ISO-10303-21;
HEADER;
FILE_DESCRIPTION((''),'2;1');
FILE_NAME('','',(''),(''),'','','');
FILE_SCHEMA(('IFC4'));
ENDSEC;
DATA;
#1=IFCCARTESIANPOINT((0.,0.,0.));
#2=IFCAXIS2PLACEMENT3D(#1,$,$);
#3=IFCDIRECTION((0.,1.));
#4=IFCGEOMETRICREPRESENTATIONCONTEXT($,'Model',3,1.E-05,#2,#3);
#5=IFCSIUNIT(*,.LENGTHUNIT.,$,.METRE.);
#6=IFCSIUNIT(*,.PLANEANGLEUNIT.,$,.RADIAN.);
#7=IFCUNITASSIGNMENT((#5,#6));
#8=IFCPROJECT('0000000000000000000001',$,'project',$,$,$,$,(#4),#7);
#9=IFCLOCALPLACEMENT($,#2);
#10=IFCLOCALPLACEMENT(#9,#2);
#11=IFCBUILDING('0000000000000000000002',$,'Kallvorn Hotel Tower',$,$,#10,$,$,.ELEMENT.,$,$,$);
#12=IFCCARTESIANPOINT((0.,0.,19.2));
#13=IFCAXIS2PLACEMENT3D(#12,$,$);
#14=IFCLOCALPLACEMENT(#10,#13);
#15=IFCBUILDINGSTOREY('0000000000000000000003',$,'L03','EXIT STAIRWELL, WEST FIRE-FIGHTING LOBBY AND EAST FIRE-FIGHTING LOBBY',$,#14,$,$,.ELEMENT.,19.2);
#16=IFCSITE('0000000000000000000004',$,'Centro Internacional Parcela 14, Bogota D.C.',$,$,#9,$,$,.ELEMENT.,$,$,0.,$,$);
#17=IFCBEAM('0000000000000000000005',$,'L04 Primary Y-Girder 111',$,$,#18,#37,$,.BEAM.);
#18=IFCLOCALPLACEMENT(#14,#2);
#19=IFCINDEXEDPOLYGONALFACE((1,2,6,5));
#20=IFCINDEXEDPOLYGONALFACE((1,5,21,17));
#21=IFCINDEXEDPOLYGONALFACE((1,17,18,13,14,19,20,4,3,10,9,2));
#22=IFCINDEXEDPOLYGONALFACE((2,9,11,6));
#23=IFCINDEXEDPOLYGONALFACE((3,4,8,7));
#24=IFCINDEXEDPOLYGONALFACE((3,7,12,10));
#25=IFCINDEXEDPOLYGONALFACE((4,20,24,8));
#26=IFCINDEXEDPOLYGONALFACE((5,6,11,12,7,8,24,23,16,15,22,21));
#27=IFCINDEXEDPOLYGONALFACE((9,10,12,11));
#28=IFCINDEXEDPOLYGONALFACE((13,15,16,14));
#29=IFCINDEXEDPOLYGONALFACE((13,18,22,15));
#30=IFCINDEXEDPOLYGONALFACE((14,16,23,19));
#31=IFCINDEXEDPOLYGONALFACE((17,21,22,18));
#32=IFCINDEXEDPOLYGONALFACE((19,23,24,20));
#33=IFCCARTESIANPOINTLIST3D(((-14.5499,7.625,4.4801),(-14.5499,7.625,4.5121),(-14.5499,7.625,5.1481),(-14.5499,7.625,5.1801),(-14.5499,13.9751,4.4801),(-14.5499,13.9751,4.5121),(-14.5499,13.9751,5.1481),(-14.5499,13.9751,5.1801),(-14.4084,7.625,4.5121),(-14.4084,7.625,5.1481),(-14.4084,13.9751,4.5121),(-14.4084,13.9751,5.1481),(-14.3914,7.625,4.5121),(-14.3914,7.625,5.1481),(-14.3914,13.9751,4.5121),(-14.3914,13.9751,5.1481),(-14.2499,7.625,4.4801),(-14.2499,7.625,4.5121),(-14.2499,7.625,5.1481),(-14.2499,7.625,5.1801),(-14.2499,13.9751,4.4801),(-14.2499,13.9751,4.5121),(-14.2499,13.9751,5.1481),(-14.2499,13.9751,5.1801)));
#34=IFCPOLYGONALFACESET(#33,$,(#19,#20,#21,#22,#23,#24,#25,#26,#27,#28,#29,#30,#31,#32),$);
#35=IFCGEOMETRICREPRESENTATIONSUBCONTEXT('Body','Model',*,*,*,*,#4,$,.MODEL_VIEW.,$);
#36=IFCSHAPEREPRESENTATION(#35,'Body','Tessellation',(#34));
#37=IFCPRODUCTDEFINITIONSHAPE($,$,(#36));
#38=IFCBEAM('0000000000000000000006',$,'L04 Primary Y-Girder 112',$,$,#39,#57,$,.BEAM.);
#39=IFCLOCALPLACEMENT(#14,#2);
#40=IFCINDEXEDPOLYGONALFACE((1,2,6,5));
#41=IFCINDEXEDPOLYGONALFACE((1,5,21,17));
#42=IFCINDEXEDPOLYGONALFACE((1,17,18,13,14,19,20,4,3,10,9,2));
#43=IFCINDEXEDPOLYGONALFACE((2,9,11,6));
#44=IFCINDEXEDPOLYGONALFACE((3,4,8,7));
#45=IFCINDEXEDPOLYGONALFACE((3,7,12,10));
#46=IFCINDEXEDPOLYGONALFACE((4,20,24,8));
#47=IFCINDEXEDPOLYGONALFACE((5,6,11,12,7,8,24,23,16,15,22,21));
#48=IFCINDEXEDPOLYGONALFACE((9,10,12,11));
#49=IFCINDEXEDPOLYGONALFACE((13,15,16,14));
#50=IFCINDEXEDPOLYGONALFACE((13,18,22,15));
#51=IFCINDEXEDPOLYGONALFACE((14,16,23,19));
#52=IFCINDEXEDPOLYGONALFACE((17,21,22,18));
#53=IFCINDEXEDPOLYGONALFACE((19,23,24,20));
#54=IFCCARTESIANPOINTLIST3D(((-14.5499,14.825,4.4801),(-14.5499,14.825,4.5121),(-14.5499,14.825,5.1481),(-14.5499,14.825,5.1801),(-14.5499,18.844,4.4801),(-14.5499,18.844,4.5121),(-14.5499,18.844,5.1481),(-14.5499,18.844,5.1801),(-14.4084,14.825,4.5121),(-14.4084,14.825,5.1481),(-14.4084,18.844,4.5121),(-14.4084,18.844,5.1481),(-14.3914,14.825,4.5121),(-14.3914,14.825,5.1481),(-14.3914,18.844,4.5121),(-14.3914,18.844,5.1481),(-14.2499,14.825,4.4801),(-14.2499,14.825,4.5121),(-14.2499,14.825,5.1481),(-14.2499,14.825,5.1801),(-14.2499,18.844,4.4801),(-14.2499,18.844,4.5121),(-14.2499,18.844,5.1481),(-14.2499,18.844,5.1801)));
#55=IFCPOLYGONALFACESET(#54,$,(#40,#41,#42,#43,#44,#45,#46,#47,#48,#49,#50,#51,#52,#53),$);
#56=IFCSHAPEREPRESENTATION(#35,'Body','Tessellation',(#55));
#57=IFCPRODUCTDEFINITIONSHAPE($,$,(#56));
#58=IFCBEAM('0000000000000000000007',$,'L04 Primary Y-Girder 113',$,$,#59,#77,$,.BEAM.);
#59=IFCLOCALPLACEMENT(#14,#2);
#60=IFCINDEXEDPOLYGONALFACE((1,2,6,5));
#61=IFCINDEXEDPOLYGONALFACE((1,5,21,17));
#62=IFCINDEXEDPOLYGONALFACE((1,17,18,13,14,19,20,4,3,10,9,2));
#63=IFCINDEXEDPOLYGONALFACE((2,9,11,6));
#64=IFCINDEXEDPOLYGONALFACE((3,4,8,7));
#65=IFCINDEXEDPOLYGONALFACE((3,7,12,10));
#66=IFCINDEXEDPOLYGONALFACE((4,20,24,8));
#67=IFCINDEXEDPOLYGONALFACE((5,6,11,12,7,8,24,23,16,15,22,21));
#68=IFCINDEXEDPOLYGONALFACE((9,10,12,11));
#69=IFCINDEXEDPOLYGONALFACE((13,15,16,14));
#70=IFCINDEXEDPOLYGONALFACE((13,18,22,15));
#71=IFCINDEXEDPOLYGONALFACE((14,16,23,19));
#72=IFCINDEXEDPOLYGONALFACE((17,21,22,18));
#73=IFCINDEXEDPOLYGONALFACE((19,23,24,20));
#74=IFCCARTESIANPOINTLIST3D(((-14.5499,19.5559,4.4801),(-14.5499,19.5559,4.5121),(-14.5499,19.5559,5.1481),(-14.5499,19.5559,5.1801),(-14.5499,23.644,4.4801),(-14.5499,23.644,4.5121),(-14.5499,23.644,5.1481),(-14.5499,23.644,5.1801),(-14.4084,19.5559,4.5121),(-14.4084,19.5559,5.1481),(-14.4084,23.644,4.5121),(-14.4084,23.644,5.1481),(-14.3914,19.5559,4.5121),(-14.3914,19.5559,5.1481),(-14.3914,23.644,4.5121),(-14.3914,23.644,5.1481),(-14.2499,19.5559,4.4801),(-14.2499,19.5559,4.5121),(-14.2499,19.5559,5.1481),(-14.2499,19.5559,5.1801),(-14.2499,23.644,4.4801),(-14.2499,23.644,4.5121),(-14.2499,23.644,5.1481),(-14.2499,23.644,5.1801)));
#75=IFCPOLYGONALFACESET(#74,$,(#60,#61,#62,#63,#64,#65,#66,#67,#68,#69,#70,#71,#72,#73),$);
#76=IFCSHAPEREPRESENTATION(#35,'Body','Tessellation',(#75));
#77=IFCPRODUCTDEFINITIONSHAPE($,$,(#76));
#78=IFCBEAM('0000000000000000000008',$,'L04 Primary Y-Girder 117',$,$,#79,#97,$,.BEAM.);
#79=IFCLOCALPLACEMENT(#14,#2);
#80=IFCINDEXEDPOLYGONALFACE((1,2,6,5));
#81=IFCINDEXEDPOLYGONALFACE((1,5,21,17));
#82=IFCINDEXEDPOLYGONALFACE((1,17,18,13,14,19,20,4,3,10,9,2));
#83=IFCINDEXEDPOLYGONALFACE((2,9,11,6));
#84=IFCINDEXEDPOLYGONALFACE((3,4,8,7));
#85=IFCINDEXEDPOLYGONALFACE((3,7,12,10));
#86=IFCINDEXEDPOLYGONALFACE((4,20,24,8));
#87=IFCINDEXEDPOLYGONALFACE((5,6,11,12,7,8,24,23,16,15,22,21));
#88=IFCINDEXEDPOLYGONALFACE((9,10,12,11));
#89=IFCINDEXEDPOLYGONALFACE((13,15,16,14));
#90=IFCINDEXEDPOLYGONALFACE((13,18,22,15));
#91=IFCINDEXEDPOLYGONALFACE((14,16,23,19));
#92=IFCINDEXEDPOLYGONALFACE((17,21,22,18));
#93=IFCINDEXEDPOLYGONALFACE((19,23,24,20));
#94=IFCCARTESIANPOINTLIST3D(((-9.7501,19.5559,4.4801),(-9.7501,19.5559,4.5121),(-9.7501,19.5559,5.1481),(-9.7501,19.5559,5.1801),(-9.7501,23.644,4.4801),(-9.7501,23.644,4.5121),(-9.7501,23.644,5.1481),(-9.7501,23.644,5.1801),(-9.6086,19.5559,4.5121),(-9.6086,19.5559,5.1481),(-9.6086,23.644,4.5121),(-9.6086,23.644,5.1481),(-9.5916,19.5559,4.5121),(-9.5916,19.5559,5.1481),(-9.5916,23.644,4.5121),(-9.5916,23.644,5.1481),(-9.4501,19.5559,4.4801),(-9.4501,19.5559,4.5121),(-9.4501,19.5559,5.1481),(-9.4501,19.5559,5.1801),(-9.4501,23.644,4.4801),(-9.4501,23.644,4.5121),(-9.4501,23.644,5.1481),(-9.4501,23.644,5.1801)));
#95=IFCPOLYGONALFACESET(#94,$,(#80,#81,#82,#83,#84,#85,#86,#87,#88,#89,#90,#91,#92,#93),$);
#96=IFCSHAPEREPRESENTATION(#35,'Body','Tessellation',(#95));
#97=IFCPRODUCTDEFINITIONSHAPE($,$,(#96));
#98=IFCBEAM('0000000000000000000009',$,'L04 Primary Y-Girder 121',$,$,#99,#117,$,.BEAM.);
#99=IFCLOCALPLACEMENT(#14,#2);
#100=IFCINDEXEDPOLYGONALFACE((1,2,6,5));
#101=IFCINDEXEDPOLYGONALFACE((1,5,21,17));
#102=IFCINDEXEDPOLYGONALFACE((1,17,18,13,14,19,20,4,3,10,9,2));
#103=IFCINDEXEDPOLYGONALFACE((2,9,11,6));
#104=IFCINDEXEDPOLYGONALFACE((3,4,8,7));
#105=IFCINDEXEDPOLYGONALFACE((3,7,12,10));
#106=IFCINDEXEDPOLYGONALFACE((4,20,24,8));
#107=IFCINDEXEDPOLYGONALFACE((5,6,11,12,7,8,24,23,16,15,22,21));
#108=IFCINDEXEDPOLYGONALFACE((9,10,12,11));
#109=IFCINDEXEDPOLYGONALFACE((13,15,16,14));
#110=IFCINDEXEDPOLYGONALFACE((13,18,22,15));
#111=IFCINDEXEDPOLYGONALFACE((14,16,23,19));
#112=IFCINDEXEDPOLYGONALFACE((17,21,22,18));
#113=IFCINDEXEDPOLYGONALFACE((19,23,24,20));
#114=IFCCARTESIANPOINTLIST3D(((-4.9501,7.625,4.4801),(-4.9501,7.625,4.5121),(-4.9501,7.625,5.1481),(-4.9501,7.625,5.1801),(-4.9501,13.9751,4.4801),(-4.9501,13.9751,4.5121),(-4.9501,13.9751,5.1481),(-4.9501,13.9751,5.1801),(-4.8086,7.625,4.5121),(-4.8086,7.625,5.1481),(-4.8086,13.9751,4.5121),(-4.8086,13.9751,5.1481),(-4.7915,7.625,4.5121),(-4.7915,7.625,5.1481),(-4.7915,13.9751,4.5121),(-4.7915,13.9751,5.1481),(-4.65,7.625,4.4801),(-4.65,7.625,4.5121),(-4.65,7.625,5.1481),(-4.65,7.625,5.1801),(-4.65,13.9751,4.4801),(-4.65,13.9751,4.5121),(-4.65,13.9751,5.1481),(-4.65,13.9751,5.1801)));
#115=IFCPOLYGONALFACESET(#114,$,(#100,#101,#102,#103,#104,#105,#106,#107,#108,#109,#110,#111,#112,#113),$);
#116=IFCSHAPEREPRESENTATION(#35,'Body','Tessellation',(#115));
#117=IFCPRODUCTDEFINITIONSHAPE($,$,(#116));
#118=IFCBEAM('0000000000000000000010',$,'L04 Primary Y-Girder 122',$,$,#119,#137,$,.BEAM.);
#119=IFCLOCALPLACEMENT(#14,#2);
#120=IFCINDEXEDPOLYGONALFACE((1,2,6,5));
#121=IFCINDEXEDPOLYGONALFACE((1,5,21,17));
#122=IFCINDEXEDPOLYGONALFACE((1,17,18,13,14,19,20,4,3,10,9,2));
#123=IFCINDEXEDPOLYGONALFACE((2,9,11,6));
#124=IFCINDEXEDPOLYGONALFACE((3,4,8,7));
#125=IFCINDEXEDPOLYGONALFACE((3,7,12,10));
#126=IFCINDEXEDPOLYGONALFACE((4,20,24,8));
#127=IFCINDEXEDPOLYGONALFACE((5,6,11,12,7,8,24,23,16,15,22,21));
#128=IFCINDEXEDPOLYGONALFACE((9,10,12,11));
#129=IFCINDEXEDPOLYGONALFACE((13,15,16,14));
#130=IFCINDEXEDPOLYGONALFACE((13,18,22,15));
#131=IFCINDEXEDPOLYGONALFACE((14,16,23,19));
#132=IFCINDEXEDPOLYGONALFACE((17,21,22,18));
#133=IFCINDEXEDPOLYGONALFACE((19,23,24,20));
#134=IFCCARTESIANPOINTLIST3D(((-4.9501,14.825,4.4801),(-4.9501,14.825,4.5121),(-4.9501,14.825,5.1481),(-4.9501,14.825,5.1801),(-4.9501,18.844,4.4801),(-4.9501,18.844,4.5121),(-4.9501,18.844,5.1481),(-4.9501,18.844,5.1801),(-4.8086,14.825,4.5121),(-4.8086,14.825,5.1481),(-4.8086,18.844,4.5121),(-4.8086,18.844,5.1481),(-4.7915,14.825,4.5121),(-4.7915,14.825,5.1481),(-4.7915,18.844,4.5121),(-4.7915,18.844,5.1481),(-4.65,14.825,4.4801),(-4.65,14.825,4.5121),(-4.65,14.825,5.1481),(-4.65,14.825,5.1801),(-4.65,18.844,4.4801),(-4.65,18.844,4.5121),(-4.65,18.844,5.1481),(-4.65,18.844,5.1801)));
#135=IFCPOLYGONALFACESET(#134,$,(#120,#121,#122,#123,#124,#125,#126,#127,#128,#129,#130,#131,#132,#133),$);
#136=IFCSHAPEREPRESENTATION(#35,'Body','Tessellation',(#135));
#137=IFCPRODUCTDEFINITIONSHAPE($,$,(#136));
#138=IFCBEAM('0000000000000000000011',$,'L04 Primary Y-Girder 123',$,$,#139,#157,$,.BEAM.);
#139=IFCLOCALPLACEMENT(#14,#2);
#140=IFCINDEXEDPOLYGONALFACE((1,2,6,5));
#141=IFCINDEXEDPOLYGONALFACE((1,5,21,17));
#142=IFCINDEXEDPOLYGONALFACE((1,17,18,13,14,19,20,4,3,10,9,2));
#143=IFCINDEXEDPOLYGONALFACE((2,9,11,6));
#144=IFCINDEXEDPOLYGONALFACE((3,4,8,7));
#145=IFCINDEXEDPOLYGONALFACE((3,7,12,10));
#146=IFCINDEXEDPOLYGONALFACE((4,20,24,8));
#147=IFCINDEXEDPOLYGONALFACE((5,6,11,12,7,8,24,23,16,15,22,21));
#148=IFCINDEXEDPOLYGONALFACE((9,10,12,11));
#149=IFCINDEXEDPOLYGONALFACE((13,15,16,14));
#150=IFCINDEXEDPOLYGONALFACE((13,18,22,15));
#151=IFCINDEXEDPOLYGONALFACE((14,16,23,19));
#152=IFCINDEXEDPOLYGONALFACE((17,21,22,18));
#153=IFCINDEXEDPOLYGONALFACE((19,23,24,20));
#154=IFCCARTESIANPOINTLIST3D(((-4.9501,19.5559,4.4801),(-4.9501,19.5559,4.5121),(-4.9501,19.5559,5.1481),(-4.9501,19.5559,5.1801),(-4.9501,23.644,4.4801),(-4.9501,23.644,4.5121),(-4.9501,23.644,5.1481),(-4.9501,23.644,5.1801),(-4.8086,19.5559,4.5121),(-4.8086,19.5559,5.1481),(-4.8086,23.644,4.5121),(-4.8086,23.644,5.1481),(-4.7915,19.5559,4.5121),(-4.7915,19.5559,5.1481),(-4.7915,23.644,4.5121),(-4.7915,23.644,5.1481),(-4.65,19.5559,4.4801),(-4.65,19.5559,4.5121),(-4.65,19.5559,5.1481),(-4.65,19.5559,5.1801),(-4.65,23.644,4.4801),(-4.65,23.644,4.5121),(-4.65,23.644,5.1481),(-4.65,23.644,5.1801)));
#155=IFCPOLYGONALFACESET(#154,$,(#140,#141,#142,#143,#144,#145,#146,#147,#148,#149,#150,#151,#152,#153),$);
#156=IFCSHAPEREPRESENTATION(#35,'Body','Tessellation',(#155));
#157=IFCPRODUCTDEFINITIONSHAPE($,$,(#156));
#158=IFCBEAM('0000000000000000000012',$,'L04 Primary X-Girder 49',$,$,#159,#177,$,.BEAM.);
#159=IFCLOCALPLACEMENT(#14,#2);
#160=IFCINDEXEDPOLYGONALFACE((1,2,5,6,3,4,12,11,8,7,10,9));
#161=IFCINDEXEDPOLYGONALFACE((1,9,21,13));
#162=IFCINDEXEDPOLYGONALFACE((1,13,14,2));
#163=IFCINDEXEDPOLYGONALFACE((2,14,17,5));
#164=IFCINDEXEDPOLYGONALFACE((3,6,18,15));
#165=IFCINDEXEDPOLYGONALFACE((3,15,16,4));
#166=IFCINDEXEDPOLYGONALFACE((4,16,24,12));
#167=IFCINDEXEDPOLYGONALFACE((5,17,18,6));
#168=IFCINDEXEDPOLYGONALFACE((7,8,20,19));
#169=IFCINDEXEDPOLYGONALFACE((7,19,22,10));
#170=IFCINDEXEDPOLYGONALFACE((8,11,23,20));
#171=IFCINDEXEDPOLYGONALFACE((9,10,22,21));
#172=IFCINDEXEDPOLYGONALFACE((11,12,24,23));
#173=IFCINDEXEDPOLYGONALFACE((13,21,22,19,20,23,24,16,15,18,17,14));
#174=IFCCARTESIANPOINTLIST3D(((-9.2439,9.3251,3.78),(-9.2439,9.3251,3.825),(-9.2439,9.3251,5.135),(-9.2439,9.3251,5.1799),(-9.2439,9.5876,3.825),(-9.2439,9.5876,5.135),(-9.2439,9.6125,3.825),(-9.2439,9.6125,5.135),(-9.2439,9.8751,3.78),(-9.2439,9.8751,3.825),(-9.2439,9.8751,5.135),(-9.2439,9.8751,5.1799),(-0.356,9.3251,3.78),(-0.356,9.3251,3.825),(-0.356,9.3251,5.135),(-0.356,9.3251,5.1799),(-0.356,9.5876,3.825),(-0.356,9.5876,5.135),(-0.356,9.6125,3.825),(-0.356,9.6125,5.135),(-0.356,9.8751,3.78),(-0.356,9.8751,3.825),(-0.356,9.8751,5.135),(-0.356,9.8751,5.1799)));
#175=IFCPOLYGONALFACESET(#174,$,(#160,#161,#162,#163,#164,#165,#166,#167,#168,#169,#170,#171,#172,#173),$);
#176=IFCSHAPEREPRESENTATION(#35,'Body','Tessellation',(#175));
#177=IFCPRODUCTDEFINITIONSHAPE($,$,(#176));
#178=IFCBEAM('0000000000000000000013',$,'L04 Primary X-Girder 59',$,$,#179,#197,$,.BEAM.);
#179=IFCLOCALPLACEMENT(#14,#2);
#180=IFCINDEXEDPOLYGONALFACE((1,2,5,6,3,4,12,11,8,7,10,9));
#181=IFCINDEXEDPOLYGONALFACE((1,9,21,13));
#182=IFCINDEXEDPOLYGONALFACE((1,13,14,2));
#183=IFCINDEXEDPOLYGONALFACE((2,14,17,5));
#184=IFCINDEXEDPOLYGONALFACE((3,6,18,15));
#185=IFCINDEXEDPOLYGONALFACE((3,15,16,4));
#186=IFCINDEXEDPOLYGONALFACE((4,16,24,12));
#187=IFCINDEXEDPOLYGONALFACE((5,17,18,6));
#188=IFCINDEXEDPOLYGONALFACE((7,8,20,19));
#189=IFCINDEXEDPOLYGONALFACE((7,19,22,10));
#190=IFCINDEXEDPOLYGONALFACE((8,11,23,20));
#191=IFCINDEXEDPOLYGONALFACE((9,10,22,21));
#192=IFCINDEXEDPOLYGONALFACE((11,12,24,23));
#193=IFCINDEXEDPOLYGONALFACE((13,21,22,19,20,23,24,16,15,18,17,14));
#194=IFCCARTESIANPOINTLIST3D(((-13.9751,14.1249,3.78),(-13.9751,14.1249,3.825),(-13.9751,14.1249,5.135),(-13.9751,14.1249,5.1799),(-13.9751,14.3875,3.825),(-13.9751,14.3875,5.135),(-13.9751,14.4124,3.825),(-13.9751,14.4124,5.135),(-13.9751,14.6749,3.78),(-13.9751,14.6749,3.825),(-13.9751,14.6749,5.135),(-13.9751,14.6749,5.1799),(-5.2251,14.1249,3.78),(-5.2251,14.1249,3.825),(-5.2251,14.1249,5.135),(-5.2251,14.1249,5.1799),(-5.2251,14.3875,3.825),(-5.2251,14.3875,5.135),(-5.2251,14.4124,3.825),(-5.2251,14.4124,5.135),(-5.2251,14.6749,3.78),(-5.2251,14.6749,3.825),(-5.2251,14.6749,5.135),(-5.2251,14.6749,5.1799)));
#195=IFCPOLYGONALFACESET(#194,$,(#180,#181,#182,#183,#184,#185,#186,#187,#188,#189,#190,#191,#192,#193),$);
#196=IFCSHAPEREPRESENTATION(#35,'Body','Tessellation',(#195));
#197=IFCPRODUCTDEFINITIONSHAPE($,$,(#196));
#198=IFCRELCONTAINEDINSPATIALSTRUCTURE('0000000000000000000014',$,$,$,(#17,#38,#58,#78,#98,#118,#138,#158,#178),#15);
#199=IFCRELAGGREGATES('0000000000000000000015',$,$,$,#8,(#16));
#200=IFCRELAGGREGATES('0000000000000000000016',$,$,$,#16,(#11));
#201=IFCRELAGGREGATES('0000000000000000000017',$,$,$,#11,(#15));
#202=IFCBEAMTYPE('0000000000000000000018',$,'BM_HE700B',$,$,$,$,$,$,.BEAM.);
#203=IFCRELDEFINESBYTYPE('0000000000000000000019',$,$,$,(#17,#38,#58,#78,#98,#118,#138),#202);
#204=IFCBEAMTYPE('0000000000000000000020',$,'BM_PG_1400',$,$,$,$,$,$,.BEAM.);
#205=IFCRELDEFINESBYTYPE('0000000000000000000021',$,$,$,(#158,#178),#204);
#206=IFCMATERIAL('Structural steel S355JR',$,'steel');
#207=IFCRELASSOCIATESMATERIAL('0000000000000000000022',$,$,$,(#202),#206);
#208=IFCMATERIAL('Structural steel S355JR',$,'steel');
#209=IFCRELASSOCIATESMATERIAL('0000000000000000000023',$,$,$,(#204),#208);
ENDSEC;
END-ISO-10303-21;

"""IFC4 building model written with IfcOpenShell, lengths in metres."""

from ifc_helpers import new_model, si_unit, direction, frame, origin, origin_2d, place, context, subcontext, project, spatial, i_section, extrude, material, material_profile, profile_set, type_object, element, save


model = new_model("IFC4")

# Units and contexts
model_context = context("Model", 3, precision=1e-05, world=origin(), true_north=direction((0.0, 1.0)))
body_context = subcontext(model_context, "Body", "Model", "MODEL_VIEW")
ifc_project = project(units=[si_unit("LENGTHUNIT", "METRE"), si_unit("PLANEANGLEUNIT", "RADIAN")], contexts=[model_context])

# Site, building, storey
site_placement = place(None, origin())
site = spatial("IfcSite", under=ifc_project, at=site_placement, Name="Centro Internacional Parcela 14, Bogota D.C.", CompositionType="ELEMENT", RefElevation=0.0)
building_placement = place(site_placement, origin())
building = spatial("IfcBuilding", under=site, at=building_placement, Name="Kallvorn Hotel Tower", CompositionType="ELEMENT")
storey_placement = place(building_placement, frame((0.0, 0.0, 19.2)))
storey = spatial("IfcBuildingStorey", under=building, at=storey_placement, Name="L03", Description="EXIT STAIRWELL, WEST FIRE-FIGHTING LOBBY AND EAST FIRE-FIGHTING LOBBY", CompositionType="ELEMENT", Elevation=19.2)

# Beams
ifc_material_1 = material(Name="Structural steel S355JR", Category="steel")
ifc_material_profile_1 = material_profile(ifc_material_1, i_section(OverallWidth=0.3, OverallDepth=0.7, WebThickness=0.0171, FlangeThickness=0.032, at=origin_2d()), Name="HE 700 B")
ifc_profile_set_1 = profile_set([ifc_material_profile_1], Name="Structural steel S355JR")
beam_type_1 = type_object("IfcBeamType", Name="BM_HE700B", PredefinedType="BEAM", material=ifc_profile_set_1)
beam_1_placement = place(storey_placement, frame((-14.3999, 7.625, 4.8301), z_axis=(0.0, 1.0, 0.0), x_axis=(-1.0, 0.0, 0.0)))
element("IfcBeam", 1, at=beam_1_placement, inside=storey, type_object=beam_type_1, Name="L04 Primary Y-Girder 111", PredefinedType="BEAM", context=body_context, shape_type="SweptSolid", body=[
    extrude(i_section(OverallWidth=0.3, OverallDepth=0.7, WebThickness=0.0171, FlangeThickness=0.032, at=origin_2d()), origin(), (0.0, 0.0, 1.0), 6.3501),
])
beam_2_placement = place(storey_placement, frame((-14.3999, 14.825, 4.8301), z_axis=(0.0, 1.0, 0.0), x_axis=(-1.0, 0.0, 0.0)))
element("IfcBeam", 2, at=beam_2_placement, inside=storey, type_object=beam_type_1, Name="L04 Primary Y-Girder 112", PredefinedType="BEAM", context=body_context, shape_type="SweptSolid", body=[
    extrude(i_section(OverallWidth=0.3, OverallDepth=0.7, WebThickness=0.0171, FlangeThickness=0.032, at=origin_2d()), origin(), (0.0, 0.0, 1.0), 4.019),
])
for number, where, z_axis, x_axis, name in (
    (3, (-14.3999, 19.5559, 4.8301), (0.0, 1.0, 0.0), (-1.0, 0.0, 0.0), "L04 Primary Y-Girder 113"),
    (4, (-9.6001, 19.5559, 4.8301), (0.0, 1.0, 0.0), (-1.0, 0.0, 0.0), "L04 Primary Y-Girder 117"),
):
    element("IfcBeam", number, at=place(storey_placement, frame(where, z_axis=z_axis, x_axis=x_axis)), inside=storey, type_object=beam_type_1, Name=name, PredefinedType="BEAM", context=body_context, shape_type="SweptSolid", body=[
        extrude(i_section(OverallWidth=0.3, OverallDepth=0.7, WebThickness=0.0171, FlangeThickness=0.032, at=origin_2d()), origin(), (0.0, 0.0, 1.0), 4.0881),
    ])
beam_3_placement = place(storey_placement, frame((-4.8, 7.625, 4.8301), z_axis=(0.0, 1.0, 0.0), x_axis=(-1.0, 0.0, 0.0)))
element("IfcBeam", 5, at=beam_3_placement, inside=storey, type_object=beam_type_1, Name="L04 Primary Y-Girder 121", PredefinedType="BEAM", context=body_context, shape_type="SweptSolid", body=[
    extrude(i_section(OverallWidth=0.3, OverallDepth=0.7, WebThickness=0.0171, FlangeThickness=0.032, at=origin_2d()), origin(), (0.0, 0.0, 1.0), 6.3501),
])
beam_4_placement = place(storey_placement, frame((-4.8, 14.825, 4.8301), z_axis=(0.0, 1.0, 0.0), x_axis=(-1.0, 0.0, 0.0)))
element("IfcBeam", 6, at=beam_4_placement, inside=storey, type_object=beam_type_1, Name="L04 Primary Y-Girder 122", PredefinedType="BEAM", context=body_context, shape_type="SweptSolid", body=[
    extrude(i_section(OverallWidth=0.3, OverallDepth=0.7, WebThickness=0.0171, FlangeThickness=0.032, at=origin_2d()), origin(), (0.0, 0.0, 1.0), 4.019),
])
beam_5_placement = place(storey_placement, frame((-4.8, 19.5559, 4.8301), z_axis=(0.0, 1.0, 0.0), x_axis=(-1.0, 0.0, 0.0)))
element("IfcBeam", 7, at=beam_5_placement, inside=storey, type_object=beam_type_1, Name="L04 Primary Y-Girder 123", PredefinedType="BEAM", context=body_context, shape_type="SweptSolid", body=[
    extrude(i_section(OverallWidth=0.3, OverallDepth=0.7, WebThickness=0.0171, FlangeThickness=0.032, at=origin_2d()), origin(), (0.0, 0.0, 1.0), 4.0881),
])
ifc_material_2 = material(Name="Structural steel S355JR", Category="steel")
ifc_material_profile_2 = material_profile(ifc_material_2, i_section(OverallWidth=0.55, OverallDepth=1.3999, WebThickness=0.0249, FlangeThickness=0.0449, at=origin_2d()), Name="PG 1400x550x25x45")
ifc_profile_set_2 = profile_set([ifc_material_profile_2], Name="Structural steel S355JR")
beam_type_2 = type_object("IfcBeamType", Name="BM_PG_1400", PredefinedType="BEAM", material=ifc_profile_set_2)
beam_6_placement = place(storey_placement, frame((-9.2439, 9.6001, 4.48), z_axis=(1.0, 0.0, 0.0), x_axis=(0.0, 1.0, 0.0)))
element("IfcBeam", 8, at=beam_6_placement, inside=storey, type_object=beam_type_2, Name="L04 Primary X-Girder 49", PredefinedType="BEAM", context=body_context, shape_type="SweptSolid", body=[
    extrude(i_section(OverallWidth=0.55, OverallDepth=1.3999, WebThickness=0.0249, FlangeThickness=0.0449, at=origin_2d()), origin(), (0.0, 0.0, 1.0), 8.8879),
])
for number, where, z_axis, x_axis, name in (
    (9, (-13.9751, 14.3999, 4.48), (1.0, 0.0, 0.0), (0.0, 1.0, 0.0), "L04 Primary X-Girder 59"),
):
    element("IfcBeam", number, at=place(storey_placement, frame(where, z_axis=z_axis, x_axis=x_axis)), inside=storey, type_object=beam_type_2, Name=name, PredefinedType="BEAM", context=body_context, shape_type="SweptSolid", body=[
        extrude(i_section(OverallWidth=0.55, OverallDepth=1.3999, WebThickness=0.0249, FlangeThickness=0.0449, at=origin_2d()), origin(), (0.0, 0.0, 1.0), 8.75),
    ])

save(model, "model.ifc")
